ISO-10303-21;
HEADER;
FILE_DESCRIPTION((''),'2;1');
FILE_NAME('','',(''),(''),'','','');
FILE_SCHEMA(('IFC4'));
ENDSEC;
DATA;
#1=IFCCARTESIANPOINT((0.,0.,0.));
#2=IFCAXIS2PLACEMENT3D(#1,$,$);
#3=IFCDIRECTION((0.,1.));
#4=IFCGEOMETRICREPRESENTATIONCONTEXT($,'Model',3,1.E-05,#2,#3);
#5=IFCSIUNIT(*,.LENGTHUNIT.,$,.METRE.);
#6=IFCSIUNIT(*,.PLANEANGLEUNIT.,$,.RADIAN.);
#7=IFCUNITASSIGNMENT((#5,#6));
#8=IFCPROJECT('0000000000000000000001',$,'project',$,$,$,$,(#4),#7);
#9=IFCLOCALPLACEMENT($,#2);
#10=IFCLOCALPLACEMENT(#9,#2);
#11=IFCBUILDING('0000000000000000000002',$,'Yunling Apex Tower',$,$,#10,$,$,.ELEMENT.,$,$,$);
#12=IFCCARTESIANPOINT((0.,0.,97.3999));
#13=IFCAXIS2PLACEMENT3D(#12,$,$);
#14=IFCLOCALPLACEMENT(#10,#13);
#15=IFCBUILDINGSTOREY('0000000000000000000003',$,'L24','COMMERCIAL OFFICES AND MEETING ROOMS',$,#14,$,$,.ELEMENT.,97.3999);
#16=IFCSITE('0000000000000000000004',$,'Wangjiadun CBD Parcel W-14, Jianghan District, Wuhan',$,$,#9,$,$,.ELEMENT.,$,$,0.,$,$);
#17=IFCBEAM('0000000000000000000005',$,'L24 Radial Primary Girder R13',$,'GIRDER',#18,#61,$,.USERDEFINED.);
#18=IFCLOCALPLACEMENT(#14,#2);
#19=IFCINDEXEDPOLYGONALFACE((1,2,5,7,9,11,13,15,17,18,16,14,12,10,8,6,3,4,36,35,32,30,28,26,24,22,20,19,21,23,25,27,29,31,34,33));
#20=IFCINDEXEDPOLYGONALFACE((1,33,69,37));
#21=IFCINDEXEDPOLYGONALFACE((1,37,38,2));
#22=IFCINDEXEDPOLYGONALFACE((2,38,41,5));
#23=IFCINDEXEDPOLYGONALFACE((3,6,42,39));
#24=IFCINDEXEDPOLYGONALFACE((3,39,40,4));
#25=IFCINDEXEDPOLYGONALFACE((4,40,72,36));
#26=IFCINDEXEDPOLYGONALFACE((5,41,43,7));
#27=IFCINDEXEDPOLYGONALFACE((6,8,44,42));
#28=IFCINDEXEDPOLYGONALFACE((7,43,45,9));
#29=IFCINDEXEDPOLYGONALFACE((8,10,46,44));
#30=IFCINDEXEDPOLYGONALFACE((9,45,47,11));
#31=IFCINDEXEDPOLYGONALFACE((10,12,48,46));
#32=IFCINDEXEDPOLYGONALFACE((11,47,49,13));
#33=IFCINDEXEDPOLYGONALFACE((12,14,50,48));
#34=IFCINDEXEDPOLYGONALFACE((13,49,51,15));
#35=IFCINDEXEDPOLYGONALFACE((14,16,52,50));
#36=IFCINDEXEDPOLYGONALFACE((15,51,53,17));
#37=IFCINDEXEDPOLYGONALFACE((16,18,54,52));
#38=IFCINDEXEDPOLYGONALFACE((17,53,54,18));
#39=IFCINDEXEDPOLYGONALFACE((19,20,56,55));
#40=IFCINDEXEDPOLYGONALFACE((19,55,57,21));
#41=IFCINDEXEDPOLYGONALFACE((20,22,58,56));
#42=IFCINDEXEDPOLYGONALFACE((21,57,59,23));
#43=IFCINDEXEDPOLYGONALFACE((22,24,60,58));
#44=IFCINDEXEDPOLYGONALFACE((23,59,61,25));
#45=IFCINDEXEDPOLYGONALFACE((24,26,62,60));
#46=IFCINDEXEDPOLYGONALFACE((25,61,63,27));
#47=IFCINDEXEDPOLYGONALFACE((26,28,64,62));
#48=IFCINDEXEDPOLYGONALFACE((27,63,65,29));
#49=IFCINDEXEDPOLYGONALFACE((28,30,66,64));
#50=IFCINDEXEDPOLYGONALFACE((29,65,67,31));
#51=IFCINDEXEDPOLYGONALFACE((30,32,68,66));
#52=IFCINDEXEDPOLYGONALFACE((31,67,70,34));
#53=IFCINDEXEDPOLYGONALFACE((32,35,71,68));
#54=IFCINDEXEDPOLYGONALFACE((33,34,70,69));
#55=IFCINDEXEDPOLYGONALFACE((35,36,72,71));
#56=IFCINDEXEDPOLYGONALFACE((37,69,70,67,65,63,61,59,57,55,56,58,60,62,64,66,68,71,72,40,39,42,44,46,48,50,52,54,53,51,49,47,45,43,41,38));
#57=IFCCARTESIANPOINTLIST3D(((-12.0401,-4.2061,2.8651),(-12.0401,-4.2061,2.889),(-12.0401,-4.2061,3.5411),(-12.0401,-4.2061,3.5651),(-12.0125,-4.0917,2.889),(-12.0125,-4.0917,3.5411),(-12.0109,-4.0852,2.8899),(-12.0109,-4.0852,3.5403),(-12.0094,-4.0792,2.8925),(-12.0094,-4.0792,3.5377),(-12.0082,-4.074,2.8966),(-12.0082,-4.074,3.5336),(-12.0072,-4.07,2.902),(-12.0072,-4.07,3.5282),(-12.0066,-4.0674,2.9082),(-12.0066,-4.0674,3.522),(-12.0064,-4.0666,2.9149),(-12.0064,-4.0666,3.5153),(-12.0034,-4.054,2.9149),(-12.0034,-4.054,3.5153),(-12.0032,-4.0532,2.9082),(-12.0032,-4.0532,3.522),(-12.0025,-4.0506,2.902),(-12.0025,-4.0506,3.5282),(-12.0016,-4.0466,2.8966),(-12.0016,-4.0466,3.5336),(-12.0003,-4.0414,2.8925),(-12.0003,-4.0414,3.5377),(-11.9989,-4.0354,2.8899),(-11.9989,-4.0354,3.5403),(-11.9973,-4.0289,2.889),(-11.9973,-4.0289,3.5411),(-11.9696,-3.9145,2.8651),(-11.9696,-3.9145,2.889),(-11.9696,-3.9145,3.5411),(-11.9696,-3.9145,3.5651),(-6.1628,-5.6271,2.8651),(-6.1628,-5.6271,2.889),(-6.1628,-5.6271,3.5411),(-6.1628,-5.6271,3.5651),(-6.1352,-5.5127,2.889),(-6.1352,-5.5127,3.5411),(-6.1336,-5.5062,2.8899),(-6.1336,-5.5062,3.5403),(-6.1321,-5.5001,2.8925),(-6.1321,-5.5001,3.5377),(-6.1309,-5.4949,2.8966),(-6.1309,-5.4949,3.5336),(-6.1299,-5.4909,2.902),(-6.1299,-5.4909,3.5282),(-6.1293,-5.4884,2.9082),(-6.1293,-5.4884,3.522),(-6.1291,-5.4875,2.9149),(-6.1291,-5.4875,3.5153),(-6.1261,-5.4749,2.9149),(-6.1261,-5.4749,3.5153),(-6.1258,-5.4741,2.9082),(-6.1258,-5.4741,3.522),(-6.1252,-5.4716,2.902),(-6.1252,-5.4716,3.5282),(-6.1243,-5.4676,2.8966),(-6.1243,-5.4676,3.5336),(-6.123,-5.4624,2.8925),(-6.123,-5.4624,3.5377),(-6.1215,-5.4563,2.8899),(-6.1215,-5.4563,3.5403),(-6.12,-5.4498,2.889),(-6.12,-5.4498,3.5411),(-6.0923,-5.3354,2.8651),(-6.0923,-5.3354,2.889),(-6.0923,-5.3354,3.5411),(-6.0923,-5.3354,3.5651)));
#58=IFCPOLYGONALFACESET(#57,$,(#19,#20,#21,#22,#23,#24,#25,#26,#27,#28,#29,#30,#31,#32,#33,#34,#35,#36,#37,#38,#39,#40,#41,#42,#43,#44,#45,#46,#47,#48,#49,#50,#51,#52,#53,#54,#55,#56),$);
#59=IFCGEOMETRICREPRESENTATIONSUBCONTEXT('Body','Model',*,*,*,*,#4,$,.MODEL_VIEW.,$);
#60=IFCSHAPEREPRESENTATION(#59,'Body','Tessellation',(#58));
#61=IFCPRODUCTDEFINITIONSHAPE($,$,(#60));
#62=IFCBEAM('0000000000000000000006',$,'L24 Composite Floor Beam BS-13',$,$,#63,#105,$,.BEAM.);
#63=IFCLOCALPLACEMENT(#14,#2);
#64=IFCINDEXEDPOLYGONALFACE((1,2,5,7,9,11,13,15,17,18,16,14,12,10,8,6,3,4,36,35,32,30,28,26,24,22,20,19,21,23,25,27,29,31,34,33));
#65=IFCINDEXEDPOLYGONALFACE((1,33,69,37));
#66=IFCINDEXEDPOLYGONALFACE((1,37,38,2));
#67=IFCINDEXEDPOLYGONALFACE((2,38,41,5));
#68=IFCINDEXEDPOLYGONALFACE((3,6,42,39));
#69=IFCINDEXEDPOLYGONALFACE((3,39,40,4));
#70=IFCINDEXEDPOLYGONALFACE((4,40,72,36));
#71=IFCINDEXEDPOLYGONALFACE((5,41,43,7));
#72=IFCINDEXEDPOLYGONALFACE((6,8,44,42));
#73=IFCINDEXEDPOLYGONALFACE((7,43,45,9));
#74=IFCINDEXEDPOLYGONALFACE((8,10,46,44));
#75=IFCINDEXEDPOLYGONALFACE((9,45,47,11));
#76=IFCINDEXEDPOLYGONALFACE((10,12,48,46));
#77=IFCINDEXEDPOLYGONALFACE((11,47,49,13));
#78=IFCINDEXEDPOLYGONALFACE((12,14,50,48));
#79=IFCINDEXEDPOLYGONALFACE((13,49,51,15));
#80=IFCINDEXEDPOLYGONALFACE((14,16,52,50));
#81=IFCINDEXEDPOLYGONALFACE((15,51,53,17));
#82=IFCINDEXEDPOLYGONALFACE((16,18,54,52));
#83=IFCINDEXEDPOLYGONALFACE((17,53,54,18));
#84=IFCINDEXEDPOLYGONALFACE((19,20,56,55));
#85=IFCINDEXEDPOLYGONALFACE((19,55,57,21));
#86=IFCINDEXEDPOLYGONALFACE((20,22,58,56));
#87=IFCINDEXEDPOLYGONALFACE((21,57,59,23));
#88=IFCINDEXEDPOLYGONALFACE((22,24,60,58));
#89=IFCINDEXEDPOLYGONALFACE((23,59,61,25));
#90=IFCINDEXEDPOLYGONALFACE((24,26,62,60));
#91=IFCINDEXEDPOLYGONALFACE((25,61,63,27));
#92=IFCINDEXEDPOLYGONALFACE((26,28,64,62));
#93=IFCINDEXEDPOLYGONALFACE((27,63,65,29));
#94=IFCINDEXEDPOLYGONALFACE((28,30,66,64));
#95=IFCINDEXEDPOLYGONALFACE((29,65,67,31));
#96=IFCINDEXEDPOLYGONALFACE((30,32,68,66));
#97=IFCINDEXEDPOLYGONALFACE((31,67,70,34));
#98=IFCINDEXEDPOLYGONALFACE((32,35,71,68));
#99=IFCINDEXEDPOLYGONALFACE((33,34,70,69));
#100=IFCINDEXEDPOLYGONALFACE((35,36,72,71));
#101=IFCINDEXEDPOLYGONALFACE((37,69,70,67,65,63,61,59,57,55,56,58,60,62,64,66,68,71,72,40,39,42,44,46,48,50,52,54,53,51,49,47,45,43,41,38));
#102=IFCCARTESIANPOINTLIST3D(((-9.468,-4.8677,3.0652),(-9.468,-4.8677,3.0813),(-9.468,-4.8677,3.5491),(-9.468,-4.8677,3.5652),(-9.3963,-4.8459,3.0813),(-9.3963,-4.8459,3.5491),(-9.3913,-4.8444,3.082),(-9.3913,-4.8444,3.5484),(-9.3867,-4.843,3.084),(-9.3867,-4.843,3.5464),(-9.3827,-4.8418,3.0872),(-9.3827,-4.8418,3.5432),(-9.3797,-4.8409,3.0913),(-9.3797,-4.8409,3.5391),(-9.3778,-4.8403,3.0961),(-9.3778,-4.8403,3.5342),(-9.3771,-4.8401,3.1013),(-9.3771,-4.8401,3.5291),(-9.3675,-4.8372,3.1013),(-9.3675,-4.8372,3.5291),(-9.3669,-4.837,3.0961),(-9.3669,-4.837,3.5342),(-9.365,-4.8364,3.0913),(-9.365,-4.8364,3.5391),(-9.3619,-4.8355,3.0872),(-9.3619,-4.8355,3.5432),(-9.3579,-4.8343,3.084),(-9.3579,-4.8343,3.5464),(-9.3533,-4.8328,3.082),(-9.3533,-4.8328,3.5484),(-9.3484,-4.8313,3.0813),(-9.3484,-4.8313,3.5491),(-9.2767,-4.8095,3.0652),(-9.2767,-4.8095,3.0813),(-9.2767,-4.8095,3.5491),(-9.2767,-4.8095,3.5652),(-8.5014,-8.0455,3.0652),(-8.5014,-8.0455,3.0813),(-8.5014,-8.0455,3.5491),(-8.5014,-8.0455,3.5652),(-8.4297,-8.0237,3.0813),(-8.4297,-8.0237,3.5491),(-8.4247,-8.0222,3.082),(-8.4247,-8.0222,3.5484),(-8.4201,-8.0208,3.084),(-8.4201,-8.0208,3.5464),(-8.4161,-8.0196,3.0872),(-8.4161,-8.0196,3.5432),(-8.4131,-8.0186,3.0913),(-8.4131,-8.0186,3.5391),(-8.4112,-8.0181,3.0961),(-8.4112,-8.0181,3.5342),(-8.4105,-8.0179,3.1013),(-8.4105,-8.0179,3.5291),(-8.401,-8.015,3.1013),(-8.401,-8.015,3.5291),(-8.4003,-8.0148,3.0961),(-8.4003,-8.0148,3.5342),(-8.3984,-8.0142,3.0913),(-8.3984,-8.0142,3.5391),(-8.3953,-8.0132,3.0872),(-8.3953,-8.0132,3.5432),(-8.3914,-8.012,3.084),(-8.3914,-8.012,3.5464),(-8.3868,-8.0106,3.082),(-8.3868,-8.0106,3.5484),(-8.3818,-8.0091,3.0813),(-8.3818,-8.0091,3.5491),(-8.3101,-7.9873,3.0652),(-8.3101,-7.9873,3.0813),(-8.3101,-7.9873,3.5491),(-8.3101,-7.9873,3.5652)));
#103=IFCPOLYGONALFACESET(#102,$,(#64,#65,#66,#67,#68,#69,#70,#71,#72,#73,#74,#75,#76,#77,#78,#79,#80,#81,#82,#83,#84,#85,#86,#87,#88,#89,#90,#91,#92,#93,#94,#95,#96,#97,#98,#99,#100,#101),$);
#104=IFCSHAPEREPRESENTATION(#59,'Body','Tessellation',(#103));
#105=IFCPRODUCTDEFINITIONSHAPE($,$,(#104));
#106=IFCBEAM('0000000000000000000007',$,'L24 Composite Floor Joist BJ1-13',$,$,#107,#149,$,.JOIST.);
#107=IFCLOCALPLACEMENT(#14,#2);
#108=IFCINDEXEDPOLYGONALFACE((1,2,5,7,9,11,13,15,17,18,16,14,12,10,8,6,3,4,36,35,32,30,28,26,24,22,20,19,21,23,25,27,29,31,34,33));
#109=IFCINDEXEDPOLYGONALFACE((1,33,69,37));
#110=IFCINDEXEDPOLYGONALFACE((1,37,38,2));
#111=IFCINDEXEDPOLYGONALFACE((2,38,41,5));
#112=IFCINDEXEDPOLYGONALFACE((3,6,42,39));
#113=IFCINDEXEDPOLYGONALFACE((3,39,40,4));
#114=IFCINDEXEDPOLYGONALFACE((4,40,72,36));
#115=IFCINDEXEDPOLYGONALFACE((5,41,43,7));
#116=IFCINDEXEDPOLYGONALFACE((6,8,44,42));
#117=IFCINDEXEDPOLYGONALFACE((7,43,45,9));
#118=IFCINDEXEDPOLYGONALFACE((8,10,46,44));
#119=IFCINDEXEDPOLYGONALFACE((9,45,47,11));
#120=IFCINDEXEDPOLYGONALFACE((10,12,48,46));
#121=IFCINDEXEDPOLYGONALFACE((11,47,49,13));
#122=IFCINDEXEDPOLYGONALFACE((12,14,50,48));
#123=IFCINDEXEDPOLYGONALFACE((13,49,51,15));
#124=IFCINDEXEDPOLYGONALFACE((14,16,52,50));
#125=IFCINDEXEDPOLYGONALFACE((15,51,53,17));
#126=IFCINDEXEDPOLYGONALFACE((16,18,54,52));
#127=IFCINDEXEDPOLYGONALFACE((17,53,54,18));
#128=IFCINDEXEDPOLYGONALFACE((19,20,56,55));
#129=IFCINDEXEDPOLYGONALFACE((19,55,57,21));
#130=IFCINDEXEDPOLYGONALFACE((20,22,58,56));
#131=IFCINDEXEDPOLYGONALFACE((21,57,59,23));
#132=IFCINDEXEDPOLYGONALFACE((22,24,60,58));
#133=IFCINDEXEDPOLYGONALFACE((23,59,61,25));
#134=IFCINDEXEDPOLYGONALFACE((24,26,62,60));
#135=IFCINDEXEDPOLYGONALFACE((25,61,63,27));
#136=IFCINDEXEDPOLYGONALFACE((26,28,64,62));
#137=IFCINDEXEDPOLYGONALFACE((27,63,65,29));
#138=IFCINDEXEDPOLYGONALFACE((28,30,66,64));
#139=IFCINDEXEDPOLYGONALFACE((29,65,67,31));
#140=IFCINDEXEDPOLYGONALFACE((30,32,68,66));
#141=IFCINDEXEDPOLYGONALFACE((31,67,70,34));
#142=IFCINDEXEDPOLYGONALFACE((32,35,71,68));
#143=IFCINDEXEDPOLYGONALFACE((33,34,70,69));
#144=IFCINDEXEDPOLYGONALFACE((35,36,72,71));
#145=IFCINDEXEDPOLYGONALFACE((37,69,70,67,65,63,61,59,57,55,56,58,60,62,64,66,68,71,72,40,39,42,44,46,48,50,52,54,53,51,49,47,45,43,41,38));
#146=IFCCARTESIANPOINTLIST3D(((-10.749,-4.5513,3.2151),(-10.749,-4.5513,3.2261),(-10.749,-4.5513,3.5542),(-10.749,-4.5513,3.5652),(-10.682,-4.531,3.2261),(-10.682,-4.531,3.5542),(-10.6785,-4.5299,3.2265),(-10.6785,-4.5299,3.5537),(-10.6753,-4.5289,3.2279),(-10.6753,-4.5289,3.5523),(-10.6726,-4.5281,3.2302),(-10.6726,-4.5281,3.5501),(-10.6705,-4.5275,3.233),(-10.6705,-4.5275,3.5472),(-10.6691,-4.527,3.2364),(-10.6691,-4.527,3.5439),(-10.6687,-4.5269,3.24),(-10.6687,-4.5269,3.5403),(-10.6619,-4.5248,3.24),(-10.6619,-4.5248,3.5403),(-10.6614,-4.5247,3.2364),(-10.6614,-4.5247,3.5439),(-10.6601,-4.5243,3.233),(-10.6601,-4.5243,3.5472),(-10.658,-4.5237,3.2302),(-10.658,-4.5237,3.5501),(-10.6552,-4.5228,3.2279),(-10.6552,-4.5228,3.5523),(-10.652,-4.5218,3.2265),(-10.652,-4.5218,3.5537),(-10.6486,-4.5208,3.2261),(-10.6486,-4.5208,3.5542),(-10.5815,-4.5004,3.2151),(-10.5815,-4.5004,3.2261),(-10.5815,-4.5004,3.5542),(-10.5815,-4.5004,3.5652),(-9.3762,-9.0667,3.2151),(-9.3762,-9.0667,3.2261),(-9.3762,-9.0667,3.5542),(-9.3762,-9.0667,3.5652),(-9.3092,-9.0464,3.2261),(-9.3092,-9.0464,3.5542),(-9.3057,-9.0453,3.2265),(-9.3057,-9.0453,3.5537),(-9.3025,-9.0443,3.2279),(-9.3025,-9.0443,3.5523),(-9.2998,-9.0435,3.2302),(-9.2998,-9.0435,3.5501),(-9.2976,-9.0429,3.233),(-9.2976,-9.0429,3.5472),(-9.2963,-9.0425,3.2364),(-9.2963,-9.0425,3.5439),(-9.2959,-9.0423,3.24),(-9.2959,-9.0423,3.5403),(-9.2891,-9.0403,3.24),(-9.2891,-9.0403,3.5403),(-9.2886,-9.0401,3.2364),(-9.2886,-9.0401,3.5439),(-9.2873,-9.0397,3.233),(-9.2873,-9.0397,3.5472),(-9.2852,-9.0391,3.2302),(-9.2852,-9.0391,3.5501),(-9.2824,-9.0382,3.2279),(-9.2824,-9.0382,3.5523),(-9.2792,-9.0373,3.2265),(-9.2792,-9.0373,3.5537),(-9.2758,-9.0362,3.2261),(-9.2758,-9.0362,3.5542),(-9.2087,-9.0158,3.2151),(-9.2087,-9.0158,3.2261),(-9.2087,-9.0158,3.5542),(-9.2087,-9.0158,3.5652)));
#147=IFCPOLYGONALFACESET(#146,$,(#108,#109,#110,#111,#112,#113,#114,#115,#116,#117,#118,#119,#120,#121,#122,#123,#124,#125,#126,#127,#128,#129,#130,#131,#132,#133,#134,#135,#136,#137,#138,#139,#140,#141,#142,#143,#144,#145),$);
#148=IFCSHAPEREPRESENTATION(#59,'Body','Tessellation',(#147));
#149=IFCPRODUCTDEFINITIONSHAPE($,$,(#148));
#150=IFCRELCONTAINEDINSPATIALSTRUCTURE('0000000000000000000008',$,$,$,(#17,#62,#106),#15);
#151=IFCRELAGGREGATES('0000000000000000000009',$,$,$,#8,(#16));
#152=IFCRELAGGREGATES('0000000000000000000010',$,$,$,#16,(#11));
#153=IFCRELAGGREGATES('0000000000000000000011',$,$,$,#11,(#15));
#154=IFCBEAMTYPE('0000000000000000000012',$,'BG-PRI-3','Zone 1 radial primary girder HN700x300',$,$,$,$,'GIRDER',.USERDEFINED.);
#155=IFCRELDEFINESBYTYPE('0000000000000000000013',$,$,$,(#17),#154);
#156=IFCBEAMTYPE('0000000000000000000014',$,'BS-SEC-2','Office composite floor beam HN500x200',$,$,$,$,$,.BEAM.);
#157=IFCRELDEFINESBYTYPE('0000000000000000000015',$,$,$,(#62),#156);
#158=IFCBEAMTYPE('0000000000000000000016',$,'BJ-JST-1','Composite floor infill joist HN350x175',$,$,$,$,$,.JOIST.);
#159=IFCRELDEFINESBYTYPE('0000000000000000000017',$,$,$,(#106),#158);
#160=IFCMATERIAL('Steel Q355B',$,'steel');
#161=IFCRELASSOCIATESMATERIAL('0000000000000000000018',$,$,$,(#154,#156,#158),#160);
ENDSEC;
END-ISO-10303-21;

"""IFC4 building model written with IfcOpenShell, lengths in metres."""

from ifc_helpers import new_model, si_unit, direction, frame, origin, origin_2d, place, context, subcontext, project, spatial, i_section, extrude, source, transform, mapped, material, material_profile, profile_set, type_object, element, save


model = new_model("IFC4")

# Units and contexts
model_context = context("Model", 3, precision=1e-05, world=origin(), true_north=direction((0.0, 1.0)))
body_context = subcontext(model_context, "Body", "Model", "MODEL_VIEW")
ifc_project = project(units=[si_unit("LENGTHUNIT", "METRE"), si_unit("PLANEANGLEUNIT", "RADIAN")], contexts=[model_context])

# Site, building, storey
site_placement = place(None, origin())
site = spatial("IfcSite", under=ifc_project, at=site_placement, Name="Wangjiadun CBD Parcel W-14, Jianghan District, Wuhan", CompositionType="ELEMENT", RefElevation=0.0)
building_placement = place(site_placement, origin())
building = spatial("IfcBuilding", under=site, at=building_placement, Name="Yunling Apex Tower", CompositionType="ELEMENT")
storey_placement = place(building_placement, frame((0.0, 0.0, 97.3999)))
storey = spatial("IfcBuildingStorey", under=building, at=storey_placement, Name="L24", Description="COMMERCIAL OFFICES AND MEETING ROOMS", CompositionType="ELEMENT", Elevation=97.3999)

# Beams
ifc_material_1 = material(Name="Steel Q355B", Category="steel")
ifc_material_profile_1 = material_profile(ifc_material_1, i_section(OverallWidth=0.3, OverallDepth=0.7, WebThickness=0.0129, FlangeThickness=0.0239, FilletRadius=0.0259, at=origin_2d()))
ifc_profile_set_1 = profile_set([ifc_material_profile_1], Name="Steel Q355B")
beam_type_1 = type_object("IfcBeamType", Name="BG-PRI-3", Description="Zone 1 radial primary girder HN700x300", ElementType="GIRDER", PredefinedType="USERDEFINED", material=ifc_profile_set_1)
shared_shape_1 = source(origin(), body_context, "Body", "SweptSolid", [
    extrude(i_section(OverallWidth=0.3, OverallDepth=0.7, WebThickness=0.0129, FlangeThickness=0.0239, FilletRadius=0.0259, at=origin_2d()), origin(), (0.0, 0.0, 1.0), 6.0466),
])
beam_1_placement = place(storey_placement, frame((-12.0049, -4.0603, 3.2151), z_axis=(0.971997, -0.234994, 0.0), x_axis=(0.234994, 0.971997, 0.0)))
element("IfcBeam", 1, at=beam_1_placement, inside=storey, type_object=beam_type_1, Name="L24 Radial Primary Girder R13", ObjectType="GIRDER", PredefinedType="USERDEFINED", context=body_context, shape_type="MappedRepresentation", body=[
    mapped(shared_shape_1, transform((0.0, 0.0, 0.0), scale=1.0)),
])
ifc_material_profile_2 = material_profile(ifc_material_1, i_section(OverallWidth=0.2, OverallDepth=0.5, WebThickness=0.01, FlangeThickness=0.0161, FilletRadius=0.02, at=origin_2d()))
ifc_profile_set_2 = profile_set([ifc_material_profile_2], Name="Steel Q355B")
beam_type_2 = type_object("IfcBeamType", Name="BS-SEC-2", Description="Office composite floor beam HN500x200", PredefinedType="BEAM", material=ifc_profile_set_2)
shared_shape_2 = source(origin(), body_context, "Body", "SweptSolid", [
    extrude(i_section(OverallWidth=0.2, OverallDepth=0.5, WebThickness=0.01, FlangeThickness=0.0161, FilletRadius=0.02, at=origin_2d()), origin(), (0.0, 0.0, 1.0), 3.3215),
])
beam_2_placement = place(storey_placement, frame((-9.3723, -4.8386, 3.3152), z_axis=(0.291001, -0.956723, 0.0), x_axis=(0.956723, 0.291001, 0.0)))
element("IfcBeam", 2, at=beam_2_placement, inside=storey, type_object=beam_type_2, Name="L24 Composite Floor Beam BS-13", PredefinedType="BEAM", context=body_context, shape_type="MappedRepresentation", body=[
    mapped(shared_shape_2, transform((0.0, 0.0, 0.0), scale=1.0)),
])
ifc_material_profile_3 = material_profile(ifc_material_1, i_section(OverallWidth=0.175, OverallDepth=0.3501, WebThickness=0.0071, FlangeThickness=0.011, FilletRadius=0.0139, at=origin_2d()))
ifc_profile_set_3 = profile_set([ifc_material_profile_3], Name="Steel Q355B")
beam_type_3 = type_object("IfcBeamType", Name="BJ-JST-1", Description="Composite floor infill joist HN350x175", PredefinedType="JOIST", material=ifc_profile_set_3)
shared_shape_3 = source(origin(), body_context, "Body", "SweptSolid", [
    extrude(i_section(OverallWidth=0.175, OverallDepth=0.3501, WebThickness=0.0071, FlangeThickness=0.011, FilletRadius=0.0139, at=origin_2d()), origin(), (0.0, 0.0, 1.0), 4.7195),
])
beam_3_placement = place(storey_placement, frame((-10.6653, -4.5259, 3.3901), z_axis=(0.290882, -0.956759, 0.0), x_axis=(0.956759, 0.290882, 0.0)))
element("IfcBeam", 3, at=beam_3_placement, inside=storey, type_object=beam_type_3, Name="L24 Composite Floor Joist BJ1-13", PredefinedType="JOIST", context=body_context, shape_type="MappedRepresentation", body=[
    mapped(shared_shape_3, transform((0.0, 0.0, 0.0), scale=1.0)),
])

save(model, "model.ifc")
